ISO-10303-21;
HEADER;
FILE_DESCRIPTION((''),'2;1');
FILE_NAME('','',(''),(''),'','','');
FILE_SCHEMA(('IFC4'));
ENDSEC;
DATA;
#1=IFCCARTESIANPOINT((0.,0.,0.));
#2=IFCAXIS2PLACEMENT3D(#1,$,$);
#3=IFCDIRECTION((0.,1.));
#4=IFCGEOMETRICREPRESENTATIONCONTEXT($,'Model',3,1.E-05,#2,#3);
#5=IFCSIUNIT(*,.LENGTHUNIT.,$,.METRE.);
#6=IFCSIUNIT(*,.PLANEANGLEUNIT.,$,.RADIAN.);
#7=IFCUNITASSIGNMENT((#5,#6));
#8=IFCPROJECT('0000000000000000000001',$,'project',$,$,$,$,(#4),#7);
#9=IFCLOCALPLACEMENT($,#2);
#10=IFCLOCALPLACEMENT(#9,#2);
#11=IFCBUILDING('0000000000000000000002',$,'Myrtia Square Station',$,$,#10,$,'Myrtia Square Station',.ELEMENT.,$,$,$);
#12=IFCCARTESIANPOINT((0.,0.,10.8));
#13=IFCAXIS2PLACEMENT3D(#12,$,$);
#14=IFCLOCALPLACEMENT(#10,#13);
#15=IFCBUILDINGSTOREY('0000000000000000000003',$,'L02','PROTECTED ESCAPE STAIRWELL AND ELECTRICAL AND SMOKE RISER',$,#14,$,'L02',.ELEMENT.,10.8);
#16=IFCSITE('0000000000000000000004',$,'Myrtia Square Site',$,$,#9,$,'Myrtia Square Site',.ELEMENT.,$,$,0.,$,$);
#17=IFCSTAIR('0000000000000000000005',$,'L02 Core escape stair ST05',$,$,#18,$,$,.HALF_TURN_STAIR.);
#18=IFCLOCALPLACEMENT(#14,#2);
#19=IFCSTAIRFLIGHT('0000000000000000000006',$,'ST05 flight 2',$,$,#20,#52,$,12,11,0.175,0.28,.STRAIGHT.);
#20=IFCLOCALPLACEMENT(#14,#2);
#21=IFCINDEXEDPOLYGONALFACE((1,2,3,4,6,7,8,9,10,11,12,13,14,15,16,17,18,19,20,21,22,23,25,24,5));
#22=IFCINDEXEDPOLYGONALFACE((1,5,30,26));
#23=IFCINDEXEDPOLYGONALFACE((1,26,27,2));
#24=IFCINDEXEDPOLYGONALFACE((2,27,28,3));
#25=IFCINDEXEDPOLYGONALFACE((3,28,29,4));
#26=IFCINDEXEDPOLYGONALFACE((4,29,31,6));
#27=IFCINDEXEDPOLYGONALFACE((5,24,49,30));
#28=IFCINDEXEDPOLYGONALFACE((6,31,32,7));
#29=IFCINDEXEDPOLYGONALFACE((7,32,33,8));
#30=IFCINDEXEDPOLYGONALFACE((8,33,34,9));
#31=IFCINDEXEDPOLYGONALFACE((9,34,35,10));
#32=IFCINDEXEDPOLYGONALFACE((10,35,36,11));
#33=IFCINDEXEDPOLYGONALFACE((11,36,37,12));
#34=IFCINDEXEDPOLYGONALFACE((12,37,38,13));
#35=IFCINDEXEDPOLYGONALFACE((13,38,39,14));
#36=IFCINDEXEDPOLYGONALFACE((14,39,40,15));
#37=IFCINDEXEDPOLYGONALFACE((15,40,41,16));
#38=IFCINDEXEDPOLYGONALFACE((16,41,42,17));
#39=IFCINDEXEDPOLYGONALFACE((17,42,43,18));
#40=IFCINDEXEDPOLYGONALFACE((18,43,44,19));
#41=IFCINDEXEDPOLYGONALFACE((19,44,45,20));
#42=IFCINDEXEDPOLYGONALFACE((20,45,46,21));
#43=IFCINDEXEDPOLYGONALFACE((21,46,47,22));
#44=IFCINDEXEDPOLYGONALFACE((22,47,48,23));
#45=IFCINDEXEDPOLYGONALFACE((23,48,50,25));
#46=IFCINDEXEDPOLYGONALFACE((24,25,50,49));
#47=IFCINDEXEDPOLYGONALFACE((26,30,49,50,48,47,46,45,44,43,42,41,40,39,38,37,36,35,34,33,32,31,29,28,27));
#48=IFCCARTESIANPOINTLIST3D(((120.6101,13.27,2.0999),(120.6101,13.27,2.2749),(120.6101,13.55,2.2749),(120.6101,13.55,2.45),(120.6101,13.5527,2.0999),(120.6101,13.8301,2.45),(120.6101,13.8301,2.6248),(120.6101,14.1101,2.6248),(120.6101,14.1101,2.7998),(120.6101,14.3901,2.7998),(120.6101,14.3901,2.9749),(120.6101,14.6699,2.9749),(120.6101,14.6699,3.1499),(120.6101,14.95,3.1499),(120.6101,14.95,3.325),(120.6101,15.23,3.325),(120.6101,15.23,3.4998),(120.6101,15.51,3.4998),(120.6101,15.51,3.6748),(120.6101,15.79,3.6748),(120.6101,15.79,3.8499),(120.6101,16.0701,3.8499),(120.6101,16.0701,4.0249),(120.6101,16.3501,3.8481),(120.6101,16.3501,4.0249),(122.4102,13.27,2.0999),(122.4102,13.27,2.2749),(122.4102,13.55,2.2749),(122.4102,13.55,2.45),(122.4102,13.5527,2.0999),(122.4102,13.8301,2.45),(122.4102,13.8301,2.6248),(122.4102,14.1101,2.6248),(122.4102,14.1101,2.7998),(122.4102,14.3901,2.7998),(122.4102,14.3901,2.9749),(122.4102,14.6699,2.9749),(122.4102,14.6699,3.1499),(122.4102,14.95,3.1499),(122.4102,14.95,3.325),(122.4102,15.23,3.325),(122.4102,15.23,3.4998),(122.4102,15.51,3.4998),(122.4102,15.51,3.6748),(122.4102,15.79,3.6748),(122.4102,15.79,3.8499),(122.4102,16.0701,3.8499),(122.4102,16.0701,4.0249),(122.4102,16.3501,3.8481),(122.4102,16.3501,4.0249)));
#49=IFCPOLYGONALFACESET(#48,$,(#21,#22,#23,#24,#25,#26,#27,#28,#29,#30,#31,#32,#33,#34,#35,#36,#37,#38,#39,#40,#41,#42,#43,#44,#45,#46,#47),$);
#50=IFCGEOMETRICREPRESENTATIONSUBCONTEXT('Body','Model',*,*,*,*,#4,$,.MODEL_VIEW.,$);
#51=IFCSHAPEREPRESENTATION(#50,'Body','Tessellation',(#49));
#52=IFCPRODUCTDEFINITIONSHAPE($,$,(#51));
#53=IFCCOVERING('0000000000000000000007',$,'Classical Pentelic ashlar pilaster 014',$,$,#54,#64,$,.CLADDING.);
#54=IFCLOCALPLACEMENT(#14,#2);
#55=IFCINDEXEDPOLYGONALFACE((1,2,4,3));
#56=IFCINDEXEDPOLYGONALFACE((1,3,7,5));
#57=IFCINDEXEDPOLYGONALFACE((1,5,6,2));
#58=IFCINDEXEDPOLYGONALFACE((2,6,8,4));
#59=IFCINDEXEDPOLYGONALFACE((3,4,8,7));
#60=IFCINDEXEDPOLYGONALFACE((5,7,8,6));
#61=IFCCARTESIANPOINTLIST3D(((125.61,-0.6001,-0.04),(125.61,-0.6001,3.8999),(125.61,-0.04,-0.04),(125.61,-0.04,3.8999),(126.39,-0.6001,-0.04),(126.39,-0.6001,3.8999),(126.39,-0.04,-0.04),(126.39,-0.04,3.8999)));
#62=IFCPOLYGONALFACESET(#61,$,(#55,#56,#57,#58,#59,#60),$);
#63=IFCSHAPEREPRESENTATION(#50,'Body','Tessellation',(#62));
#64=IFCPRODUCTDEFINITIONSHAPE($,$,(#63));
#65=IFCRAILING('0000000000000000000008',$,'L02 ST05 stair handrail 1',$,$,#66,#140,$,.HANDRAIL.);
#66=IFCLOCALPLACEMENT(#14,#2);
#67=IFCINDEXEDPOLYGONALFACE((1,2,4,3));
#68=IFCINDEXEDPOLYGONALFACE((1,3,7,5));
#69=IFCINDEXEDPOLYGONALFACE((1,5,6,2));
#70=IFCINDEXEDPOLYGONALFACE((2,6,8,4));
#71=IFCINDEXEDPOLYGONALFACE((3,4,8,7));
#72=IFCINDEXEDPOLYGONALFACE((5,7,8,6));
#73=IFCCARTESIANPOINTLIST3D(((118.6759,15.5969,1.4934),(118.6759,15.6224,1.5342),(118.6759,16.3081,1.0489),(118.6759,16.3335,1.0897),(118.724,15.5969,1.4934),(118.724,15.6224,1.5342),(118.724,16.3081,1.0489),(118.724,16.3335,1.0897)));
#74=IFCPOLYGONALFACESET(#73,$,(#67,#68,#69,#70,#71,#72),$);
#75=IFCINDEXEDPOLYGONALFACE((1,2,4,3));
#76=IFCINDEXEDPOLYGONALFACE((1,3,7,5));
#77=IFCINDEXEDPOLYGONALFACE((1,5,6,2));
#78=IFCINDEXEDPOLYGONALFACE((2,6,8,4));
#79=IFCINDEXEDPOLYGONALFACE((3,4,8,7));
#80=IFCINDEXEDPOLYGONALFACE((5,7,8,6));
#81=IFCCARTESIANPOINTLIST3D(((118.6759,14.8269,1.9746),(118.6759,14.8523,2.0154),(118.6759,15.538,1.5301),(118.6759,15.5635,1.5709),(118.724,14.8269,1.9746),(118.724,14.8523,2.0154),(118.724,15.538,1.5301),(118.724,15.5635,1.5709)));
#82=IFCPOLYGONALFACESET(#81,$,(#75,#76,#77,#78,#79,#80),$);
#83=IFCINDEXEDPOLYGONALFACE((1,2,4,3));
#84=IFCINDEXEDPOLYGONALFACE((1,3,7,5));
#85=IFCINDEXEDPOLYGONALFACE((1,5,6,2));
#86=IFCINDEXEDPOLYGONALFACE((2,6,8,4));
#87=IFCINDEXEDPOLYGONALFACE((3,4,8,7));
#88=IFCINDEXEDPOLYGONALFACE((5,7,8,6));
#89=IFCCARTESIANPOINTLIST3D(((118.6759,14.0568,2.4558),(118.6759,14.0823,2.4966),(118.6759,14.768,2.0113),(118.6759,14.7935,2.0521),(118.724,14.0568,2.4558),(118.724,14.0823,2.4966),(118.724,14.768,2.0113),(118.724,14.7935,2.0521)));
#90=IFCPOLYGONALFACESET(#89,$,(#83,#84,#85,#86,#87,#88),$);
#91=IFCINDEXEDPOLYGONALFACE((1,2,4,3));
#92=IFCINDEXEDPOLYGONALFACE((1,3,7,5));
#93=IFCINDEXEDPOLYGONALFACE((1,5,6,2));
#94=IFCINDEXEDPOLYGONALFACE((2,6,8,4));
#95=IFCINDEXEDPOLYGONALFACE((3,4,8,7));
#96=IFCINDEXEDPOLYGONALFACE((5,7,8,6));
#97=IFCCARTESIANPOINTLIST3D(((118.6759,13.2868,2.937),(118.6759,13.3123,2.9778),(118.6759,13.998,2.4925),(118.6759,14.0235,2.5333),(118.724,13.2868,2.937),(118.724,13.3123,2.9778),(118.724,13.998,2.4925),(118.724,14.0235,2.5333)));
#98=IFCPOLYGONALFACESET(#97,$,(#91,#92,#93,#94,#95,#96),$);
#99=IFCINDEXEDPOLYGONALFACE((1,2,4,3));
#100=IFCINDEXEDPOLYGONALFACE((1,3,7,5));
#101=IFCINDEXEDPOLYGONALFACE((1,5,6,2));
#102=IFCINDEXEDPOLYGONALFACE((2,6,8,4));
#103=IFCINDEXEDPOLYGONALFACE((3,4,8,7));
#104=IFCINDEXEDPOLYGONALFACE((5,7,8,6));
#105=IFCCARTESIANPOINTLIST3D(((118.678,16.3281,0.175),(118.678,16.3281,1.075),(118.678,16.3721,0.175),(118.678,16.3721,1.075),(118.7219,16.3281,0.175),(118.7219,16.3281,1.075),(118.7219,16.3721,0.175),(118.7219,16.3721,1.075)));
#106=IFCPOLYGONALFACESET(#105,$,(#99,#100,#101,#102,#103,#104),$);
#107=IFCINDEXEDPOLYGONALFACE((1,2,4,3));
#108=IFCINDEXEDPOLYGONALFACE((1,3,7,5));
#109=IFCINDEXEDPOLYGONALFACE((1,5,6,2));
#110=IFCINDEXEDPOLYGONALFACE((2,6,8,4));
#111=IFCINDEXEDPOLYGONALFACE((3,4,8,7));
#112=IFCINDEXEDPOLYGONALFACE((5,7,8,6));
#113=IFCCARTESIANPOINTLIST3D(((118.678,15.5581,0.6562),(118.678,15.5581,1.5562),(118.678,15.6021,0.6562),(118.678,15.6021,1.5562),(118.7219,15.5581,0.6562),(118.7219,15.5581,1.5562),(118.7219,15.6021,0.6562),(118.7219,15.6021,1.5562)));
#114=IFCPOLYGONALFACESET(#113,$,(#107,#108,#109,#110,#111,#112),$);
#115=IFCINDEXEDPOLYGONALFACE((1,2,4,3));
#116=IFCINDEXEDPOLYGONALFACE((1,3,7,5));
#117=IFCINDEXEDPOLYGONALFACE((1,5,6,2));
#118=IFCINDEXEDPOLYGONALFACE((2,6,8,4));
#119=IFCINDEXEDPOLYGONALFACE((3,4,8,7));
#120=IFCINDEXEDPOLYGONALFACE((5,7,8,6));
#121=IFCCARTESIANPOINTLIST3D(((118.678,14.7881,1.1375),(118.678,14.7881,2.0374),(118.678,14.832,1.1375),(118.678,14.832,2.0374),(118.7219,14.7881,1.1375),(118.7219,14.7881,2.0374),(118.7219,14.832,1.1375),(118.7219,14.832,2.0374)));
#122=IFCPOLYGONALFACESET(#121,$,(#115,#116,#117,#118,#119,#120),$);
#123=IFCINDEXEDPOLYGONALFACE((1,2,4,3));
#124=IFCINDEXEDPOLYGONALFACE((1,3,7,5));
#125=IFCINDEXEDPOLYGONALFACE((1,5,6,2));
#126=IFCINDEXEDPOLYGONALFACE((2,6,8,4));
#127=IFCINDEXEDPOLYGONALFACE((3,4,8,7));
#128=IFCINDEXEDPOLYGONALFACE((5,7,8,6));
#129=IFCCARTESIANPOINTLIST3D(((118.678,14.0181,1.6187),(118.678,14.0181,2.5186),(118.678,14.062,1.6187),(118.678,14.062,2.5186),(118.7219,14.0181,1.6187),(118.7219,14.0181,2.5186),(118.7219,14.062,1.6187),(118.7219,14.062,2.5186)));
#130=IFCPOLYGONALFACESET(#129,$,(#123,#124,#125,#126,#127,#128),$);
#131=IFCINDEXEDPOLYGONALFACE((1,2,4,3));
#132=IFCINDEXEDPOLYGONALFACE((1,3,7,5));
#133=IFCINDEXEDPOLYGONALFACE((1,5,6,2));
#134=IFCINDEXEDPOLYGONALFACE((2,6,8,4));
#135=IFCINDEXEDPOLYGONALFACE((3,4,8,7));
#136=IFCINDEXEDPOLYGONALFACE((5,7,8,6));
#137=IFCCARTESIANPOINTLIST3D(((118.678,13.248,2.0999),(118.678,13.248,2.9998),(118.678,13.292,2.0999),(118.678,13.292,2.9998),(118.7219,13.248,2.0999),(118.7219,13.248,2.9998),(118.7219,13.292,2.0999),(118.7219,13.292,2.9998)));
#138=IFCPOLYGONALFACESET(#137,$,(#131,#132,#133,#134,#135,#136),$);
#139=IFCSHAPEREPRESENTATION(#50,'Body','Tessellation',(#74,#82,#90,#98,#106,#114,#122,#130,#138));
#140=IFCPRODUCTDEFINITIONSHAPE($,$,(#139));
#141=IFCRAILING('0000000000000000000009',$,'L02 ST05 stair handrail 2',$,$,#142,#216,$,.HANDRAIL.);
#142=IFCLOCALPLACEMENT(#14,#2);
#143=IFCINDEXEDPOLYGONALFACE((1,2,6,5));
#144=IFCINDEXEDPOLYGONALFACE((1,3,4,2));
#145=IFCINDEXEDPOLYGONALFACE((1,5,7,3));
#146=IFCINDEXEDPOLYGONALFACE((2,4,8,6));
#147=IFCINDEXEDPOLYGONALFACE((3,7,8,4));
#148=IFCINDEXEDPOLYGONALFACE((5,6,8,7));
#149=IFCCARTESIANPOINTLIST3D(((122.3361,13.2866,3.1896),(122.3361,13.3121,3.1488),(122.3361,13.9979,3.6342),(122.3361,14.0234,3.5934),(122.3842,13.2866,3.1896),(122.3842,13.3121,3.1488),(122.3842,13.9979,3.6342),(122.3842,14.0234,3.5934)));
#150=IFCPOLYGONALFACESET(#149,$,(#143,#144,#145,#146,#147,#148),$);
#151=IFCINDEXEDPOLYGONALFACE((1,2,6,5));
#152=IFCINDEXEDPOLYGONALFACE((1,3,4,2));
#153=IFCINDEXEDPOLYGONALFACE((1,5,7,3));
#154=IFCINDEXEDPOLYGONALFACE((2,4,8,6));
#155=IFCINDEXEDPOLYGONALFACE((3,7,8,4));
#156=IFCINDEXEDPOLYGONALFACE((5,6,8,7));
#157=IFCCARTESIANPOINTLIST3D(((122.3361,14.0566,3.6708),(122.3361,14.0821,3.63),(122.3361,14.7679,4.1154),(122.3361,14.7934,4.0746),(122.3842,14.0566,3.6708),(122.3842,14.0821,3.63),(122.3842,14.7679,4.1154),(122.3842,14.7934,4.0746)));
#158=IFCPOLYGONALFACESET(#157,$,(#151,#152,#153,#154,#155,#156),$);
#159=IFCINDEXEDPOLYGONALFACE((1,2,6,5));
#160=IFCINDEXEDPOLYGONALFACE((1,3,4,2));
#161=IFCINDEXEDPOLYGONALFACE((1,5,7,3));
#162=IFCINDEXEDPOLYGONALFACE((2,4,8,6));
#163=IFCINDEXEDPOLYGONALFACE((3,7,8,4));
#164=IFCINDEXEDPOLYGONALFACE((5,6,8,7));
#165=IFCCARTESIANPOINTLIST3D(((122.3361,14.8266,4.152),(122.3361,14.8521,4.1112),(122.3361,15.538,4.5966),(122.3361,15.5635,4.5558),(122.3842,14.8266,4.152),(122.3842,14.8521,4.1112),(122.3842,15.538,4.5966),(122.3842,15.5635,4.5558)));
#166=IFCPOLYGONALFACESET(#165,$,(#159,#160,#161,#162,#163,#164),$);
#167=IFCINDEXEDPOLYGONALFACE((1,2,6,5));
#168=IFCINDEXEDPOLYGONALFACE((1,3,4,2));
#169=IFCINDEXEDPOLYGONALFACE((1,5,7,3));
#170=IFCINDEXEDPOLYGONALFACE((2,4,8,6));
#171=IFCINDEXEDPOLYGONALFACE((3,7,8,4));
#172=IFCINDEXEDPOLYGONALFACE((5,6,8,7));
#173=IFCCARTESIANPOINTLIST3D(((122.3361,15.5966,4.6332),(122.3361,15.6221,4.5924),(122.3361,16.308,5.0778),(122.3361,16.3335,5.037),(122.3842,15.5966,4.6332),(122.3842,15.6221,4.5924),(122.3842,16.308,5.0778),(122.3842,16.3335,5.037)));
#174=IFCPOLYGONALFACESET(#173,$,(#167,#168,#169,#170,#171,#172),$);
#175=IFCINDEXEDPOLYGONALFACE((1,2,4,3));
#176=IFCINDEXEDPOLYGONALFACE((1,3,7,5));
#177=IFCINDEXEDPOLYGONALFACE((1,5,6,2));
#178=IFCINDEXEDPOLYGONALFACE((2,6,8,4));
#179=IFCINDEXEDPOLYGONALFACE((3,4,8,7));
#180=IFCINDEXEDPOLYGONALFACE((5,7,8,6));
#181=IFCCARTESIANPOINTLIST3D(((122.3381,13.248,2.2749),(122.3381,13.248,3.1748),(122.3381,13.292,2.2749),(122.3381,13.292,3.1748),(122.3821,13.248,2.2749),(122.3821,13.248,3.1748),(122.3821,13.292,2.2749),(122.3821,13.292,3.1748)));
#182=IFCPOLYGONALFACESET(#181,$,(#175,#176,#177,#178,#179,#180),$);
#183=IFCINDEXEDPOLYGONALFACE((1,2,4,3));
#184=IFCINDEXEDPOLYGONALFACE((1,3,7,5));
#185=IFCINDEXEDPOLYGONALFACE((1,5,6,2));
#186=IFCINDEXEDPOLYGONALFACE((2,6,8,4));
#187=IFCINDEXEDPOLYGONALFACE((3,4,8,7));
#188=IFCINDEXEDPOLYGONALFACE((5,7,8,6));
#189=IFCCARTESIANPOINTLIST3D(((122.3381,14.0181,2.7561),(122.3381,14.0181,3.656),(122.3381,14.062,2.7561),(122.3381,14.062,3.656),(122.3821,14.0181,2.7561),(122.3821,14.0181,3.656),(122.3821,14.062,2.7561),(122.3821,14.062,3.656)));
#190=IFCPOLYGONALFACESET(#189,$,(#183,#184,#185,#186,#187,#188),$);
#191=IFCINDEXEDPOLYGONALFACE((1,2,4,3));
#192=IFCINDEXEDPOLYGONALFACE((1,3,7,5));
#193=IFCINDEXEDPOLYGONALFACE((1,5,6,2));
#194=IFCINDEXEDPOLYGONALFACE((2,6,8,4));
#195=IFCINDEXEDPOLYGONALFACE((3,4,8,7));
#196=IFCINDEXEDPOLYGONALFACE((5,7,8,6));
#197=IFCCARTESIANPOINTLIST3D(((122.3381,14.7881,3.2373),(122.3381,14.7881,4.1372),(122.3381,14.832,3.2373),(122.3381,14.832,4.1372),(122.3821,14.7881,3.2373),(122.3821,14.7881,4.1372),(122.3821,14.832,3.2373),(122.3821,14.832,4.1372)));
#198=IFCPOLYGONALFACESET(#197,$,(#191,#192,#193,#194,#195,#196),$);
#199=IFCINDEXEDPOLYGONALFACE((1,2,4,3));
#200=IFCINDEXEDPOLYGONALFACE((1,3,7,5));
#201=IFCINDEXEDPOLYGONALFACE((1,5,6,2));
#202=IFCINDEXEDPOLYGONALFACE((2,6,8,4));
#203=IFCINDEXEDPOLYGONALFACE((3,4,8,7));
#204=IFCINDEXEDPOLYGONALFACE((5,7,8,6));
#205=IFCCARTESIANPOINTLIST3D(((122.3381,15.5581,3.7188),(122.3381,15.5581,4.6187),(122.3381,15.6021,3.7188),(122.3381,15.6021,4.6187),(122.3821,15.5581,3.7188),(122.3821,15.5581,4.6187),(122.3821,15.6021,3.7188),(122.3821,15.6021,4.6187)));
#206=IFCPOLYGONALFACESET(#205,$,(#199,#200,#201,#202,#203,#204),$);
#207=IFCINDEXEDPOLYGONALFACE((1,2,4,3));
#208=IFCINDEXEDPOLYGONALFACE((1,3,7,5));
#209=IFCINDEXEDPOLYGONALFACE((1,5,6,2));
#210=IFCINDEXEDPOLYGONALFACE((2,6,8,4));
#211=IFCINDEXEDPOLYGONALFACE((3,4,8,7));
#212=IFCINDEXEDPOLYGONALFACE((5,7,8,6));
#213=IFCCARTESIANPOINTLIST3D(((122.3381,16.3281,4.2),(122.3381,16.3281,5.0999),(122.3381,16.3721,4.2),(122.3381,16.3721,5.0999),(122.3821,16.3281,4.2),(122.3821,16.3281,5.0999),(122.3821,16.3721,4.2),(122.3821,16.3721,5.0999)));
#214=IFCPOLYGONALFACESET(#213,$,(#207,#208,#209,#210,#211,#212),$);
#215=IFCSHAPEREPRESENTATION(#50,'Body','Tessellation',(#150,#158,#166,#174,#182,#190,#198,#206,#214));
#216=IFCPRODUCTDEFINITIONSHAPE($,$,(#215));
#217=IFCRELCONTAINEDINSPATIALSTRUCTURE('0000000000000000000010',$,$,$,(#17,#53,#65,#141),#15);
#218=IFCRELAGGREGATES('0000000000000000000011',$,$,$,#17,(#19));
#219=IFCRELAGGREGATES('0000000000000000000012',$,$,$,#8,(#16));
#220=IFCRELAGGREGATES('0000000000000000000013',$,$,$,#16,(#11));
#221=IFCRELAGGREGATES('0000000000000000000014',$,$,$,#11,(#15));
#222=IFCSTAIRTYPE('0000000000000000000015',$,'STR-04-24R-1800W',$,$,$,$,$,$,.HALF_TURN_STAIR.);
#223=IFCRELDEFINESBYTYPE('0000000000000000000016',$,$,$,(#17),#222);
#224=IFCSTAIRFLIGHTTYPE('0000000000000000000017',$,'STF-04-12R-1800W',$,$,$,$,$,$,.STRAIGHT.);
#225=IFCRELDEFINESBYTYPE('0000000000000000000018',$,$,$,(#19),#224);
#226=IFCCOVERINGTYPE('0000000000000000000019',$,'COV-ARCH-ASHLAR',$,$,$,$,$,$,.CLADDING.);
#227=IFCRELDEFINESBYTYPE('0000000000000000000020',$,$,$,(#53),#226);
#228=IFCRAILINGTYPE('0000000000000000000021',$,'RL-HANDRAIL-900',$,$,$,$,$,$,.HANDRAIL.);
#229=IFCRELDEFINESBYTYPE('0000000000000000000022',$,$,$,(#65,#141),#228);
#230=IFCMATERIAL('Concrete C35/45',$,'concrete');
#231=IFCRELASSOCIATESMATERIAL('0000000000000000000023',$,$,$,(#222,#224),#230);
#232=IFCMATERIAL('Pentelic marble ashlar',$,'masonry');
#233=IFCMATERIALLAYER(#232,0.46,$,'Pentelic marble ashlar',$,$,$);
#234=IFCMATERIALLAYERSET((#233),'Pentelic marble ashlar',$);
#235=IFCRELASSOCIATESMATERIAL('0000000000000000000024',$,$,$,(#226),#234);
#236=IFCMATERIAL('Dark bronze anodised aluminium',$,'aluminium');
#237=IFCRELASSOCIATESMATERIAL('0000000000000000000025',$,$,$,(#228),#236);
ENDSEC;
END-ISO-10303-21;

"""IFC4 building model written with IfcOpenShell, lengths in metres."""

from ifc_helpers import new_model, si_unit, direction, frame, origin, origin_2d, place, context, subcontext, project, spatial, polyline, rectangle, outline, extrude, material, layer, layer_set, type_object, element, aggregate, save


model = new_model("IFC4")

# Units and contexts
model_context = context("Model", 3, precision=1e-05, world=origin(), true_north=direction((0.0, 1.0)))
body_context = subcontext(model_context, "Body", "Model", "MODEL_VIEW")
ifc_project = project(units=[si_unit("LENGTHUNIT", "METRE"), si_unit("PLANEANGLEUNIT", "RADIAN")], contexts=[model_context])

# Site, building, storey
site_placement = place(None, origin())
site = spatial("IfcSite", under=ifc_project, at=site_placement, Name="Myrtia Square Site", LongName="Myrtia Square Site", CompositionType="ELEMENT", RefElevation=0.0)
building_placement = place(site_placement, origin())
building = spatial("IfcBuilding", under=site, at=building_placement, Name="Myrtia Square Station", LongName="Myrtia Square Station", CompositionType="ELEMENT")
storey_placement = place(building_placement, frame((0.0, 0.0, 10.8)))
storey = spatial("IfcBuildingStorey", under=building, at=storey_placement, Name="L02", Description="PROTECTED ESCAPE STAIRWELL AND ELECTRICAL AND SMOKE RISER", LongName="L02", CompositionType="ELEMENT", Elevation=10.8)

# Shared definitions
ifc_material_1 = material(Name="Concrete C35/45", Category="concrete")

# Shared definitions
ifc_material_2 = material(Name="Dark bronze anodised aluminium", Category="aluminium")

# Stair, stair flight
stair_type = type_object("IfcStairType", Name="STR-04-24R-1800W", PredefinedType="HALF_TURN_STAIR", material=ifc_material_1)
stair_placement = place(storey_placement, origin())
stair = element("IfcStair", 1, at=stair_placement, inside=storey, type_object=stair_type, Name="L02 Core escape stair ST05", PredefinedType="HALF_TURN_STAIR")
stair_flight_type = type_object("IfcStairFlightType", Name="STF-04-12R-1800W", PredefinedType="STRAIGHT", material=ifc_material_1)
stair_flight_1_placement = place(storey_placement, frame((121.51, 13.27, 2.0999), z_axis=(0.0, 0.0, 1.0), x_axis=(0.0, 1.0, 0.0)))
stair_flight_1 = element("IfcStairFlight", 2, at=stair_flight_1_placement, type_object=stair_flight_type, Name="ST05 flight 2", NumberOfRisers=12, NumberOfTreads=11, PredefinedType="STRAIGHT", RiserHeight=0.175, TreadLength=0.28, context=body_context, shape_type="SweptSolid", body=[
    extrude(outline(polyline([(0.0, 0.0), (0.0, 0.175), (0.28, 0.175), (0.28, 0.3501), (0.5601, 0.3501), (0.5601, 0.5249), (0.8401, 0.5249), (0.8401, 0.7), (1.1201, 0.7), (1.1201, 0.875), (1.3999, 0.875), (1.3999, 1.05), (1.6799, 1.05), (1.6799, 1.2251), (1.96, 1.2251), (1.96, 1.3999), (2.24, 1.3999), (2.24, 1.575), (2.52, 1.575), (2.52, 1.75), (2.8, 1.75), (2.8, 1.925), (3.0801, 1.925), (3.0801, 2.1001), (3.0801, 1.7483), (0.2827, 0.0), (0.0, 0.0)])), frame((0.0, 0.8999, 0.0), z_axis=(0.0, -1.0, 0.0), x_axis=(1.0, 0.0, 0.0)), (0.0, 0.0, 1.0), 1.8),
])
aggregate(stair, [stair_flight_1])

# Covering
ifc_material_3 = material(Name="Pentelic marble ashlar", Category="masonry")
ifc_layer_1 = layer(ifc_material_3, 0.46, Name="Pentelic marble ashlar")
ifc_layer_set_1 = layer_set([ifc_layer_1], Name="Pentelic marble ashlar")
covering_type = type_object("IfcCoveringType", Name="COV-ARCH-ASHLAR", PredefinedType="CLADDING", material=ifc_layer_set_1)
covering_placement = place(storey_placement, frame((126.0, -0.3201, -0.04), z_axis=(0.0, 0.0, 1.0), x_axis=(1.0, 0.0, 0.0)))
element("IfcCovering", 3, at=covering_placement, inside=storey, type_object=covering_type, Name="Classical Pentelic ashlar pilaster 014", PredefinedType="CLADDING", context=body_context, shape_type="SweptSolid", body=[
    extrude(rectangle(XDim=0.78, YDim=0.5601, at=origin_2d()), origin(), (0.0, 0.0, 1.0), 3.9399),
])

# Railings
railing_type_1 = type_object("IfcRailingType", Name="RL-HANDRAIL-900", PredefinedType="HANDRAIL", material=ifc_material_2)
railing_1_placement = place(storey_placement, frame((118.7, 16.3501, 0.175)))
element("IfcRailing", 4, at=railing_1_placement, inside=storey, type_object=railing_type_1, Name="L02 ST05 stair handrail 1", PredefinedType="HANDRAIL", context=body_context, shape_type="SweptSolid", body=[
    extrude(rectangle(XDim=0.0481, YDim=0.0481, at=origin_2d()), frame((0.0, -0.0293, 0.8943), z_axis=(0.0, -0.848029, 0.529951), x_axis=(1.0, 0.0, 0.0)), (0.0, 0.0, 1.0), 0.8386),
    extrude(rectangle(XDim=0.0481, YDim=0.0481, at=origin_2d()), frame((0.0, -0.7993, 1.3755), z_axis=(0.0, -0.848029, 0.529951), x_axis=(1.0, 0.0, 0.0)), (0.0, 0.0, 1.0), 0.8386),
    extrude(rectangle(XDim=0.0481, YDim=0.0481, at=origin_2d()), frame((0.0, -1.5693, 1.8567), z_axis=(0.0, -0.848029, 0.529951), x_axis=(1.0, 0.0, 0.0)), (0.0, 0.0, 1.0), 0.8386),
    extrude(rectangle(XDim=0.0481, YDim=0.0481, at=origin_2d()), frame((0.0, -2.3394, 2.3379), z_axis=(0.0, -0.848029, 0.529951), x_axis=(1.0, 0.0, 0.0)), (0.0, 0.0, 1.0), 0.8386),
    extrude(rectangle(XDim=0.0439, YDim=0.0439, at=origin_2d()), origin(), (0.0, 0.0, 1.0), 0.8999),
    extrude(rectangle(XDim=0.0439, YDim=0.0439, at=origin_2d()), frame((0.0, -0.77, 0.4812)), (0.0, 0.0, 1.0), 0.8999),
    extrude(rectangle(XDim=0.0439, YDim=0.0439, at=origin_2d()), frame((0.0, -1.54, 0.9624)), (0.0, 0.0, 1.0), 0.8999),
    extrude(rectangle(XDim=0.0439, YDim=0.0439, at=origin_2d()), frame((0.0, -2.3101, 1.4436)), (0.0, 0.0, 1.0), 0.8999),
    extrude(rectangle(XDim=0.0439, YDim=0.0439, at=origin_2d()), frame((0.0, -3.0801, 1.9248)), (0.0, 0.0, 1.0), 0.8999),
])
railing_2_placement = place(storey_placement, frame((122.3601, 13.27, 2.2749)))
element("IfcRailing", 5, at=railing_2_placement, inside=storey, type_object=railing_type_1, Name="L02 ST05 stair handrail 2", PredefinedType="HANDRAIL", context=body_context, shape_type="SweptSolid", body=[
    extrude(rectangle(XDim=0.0481, YDim=0.0481, at=origin_2d()), frame((0.0, 0.0293, 0.8943), z_axis=(0.0, 0.847998, 0.529999), x_axis=(-1.0, 0.0, 0.0)), (0.0, 0.0, 1.0), 0.8389),
    extrude(rectangle(XDim=0.0481, YDim=0.0481, at=origin_2d()), frame((0.0, 0.7993, 1.3755), z_axis=(0.0, 0.847998, 0.529999), x_axis=(-1.0, 0.0, 0.0)), (0.0, 0.0, 1.0), 0.8389),
    extrude(rectangle(XDim=0.0481, YDim=0.0481, at=origin_2d()), frame((0.0, 1.5693, 1.8567), z_axis=(0.0, 0.847998, 0.529999), x_axis=(-1.0, 0.0, 0.0)), (0.0, 0.0, 1.0), 0.8389),
    extrude(rectangle(XDim=0.0481, YDim=0.0481, at=origin_2d()), frame((0.0, 2.3394, 2.3379), z_axis=(0.0, 0.847998, 0.529999), x_axis=(-1.0, 0.0, 0.0)), (0.0, 0.0, 1.0), 0.8389),
    extrude(rectangle(XDim=0.0439, YDim=0.0439, at=origin_2d()), origin(), (0.0, 0.0, 1.0), 0.8999),
    extrude(rectangle(XDim=0.0439, YDim=0.0439, at=origin_2d()), frame((0.0, 0.77, 0.4812)), (0.0, 0.0, 1.0), 0.8999),
    extrude(rectangle(XDim=0.0439, YDim=0.0439, at=origin_2d()), frame((0.0, 1.54, 0.9624)), (0.0, 0.0, 1.0), 0.8999),
    extrude(rectangle(XDim=0.0439, YDim=0.0439, at=origin_2d()), frame((0.0, 2.3101, 1.4438)), (0.0, 0.0, 1.0), 0.8999),
    extrude(rectangle(XDim=0.0439, YDim=0.0439, at=origin_2d()), frame((0.0, 3.0801, 1.925)), (0.0, 0.0, 1.0), 0.8999),
])

save(model, "model.ifc")
